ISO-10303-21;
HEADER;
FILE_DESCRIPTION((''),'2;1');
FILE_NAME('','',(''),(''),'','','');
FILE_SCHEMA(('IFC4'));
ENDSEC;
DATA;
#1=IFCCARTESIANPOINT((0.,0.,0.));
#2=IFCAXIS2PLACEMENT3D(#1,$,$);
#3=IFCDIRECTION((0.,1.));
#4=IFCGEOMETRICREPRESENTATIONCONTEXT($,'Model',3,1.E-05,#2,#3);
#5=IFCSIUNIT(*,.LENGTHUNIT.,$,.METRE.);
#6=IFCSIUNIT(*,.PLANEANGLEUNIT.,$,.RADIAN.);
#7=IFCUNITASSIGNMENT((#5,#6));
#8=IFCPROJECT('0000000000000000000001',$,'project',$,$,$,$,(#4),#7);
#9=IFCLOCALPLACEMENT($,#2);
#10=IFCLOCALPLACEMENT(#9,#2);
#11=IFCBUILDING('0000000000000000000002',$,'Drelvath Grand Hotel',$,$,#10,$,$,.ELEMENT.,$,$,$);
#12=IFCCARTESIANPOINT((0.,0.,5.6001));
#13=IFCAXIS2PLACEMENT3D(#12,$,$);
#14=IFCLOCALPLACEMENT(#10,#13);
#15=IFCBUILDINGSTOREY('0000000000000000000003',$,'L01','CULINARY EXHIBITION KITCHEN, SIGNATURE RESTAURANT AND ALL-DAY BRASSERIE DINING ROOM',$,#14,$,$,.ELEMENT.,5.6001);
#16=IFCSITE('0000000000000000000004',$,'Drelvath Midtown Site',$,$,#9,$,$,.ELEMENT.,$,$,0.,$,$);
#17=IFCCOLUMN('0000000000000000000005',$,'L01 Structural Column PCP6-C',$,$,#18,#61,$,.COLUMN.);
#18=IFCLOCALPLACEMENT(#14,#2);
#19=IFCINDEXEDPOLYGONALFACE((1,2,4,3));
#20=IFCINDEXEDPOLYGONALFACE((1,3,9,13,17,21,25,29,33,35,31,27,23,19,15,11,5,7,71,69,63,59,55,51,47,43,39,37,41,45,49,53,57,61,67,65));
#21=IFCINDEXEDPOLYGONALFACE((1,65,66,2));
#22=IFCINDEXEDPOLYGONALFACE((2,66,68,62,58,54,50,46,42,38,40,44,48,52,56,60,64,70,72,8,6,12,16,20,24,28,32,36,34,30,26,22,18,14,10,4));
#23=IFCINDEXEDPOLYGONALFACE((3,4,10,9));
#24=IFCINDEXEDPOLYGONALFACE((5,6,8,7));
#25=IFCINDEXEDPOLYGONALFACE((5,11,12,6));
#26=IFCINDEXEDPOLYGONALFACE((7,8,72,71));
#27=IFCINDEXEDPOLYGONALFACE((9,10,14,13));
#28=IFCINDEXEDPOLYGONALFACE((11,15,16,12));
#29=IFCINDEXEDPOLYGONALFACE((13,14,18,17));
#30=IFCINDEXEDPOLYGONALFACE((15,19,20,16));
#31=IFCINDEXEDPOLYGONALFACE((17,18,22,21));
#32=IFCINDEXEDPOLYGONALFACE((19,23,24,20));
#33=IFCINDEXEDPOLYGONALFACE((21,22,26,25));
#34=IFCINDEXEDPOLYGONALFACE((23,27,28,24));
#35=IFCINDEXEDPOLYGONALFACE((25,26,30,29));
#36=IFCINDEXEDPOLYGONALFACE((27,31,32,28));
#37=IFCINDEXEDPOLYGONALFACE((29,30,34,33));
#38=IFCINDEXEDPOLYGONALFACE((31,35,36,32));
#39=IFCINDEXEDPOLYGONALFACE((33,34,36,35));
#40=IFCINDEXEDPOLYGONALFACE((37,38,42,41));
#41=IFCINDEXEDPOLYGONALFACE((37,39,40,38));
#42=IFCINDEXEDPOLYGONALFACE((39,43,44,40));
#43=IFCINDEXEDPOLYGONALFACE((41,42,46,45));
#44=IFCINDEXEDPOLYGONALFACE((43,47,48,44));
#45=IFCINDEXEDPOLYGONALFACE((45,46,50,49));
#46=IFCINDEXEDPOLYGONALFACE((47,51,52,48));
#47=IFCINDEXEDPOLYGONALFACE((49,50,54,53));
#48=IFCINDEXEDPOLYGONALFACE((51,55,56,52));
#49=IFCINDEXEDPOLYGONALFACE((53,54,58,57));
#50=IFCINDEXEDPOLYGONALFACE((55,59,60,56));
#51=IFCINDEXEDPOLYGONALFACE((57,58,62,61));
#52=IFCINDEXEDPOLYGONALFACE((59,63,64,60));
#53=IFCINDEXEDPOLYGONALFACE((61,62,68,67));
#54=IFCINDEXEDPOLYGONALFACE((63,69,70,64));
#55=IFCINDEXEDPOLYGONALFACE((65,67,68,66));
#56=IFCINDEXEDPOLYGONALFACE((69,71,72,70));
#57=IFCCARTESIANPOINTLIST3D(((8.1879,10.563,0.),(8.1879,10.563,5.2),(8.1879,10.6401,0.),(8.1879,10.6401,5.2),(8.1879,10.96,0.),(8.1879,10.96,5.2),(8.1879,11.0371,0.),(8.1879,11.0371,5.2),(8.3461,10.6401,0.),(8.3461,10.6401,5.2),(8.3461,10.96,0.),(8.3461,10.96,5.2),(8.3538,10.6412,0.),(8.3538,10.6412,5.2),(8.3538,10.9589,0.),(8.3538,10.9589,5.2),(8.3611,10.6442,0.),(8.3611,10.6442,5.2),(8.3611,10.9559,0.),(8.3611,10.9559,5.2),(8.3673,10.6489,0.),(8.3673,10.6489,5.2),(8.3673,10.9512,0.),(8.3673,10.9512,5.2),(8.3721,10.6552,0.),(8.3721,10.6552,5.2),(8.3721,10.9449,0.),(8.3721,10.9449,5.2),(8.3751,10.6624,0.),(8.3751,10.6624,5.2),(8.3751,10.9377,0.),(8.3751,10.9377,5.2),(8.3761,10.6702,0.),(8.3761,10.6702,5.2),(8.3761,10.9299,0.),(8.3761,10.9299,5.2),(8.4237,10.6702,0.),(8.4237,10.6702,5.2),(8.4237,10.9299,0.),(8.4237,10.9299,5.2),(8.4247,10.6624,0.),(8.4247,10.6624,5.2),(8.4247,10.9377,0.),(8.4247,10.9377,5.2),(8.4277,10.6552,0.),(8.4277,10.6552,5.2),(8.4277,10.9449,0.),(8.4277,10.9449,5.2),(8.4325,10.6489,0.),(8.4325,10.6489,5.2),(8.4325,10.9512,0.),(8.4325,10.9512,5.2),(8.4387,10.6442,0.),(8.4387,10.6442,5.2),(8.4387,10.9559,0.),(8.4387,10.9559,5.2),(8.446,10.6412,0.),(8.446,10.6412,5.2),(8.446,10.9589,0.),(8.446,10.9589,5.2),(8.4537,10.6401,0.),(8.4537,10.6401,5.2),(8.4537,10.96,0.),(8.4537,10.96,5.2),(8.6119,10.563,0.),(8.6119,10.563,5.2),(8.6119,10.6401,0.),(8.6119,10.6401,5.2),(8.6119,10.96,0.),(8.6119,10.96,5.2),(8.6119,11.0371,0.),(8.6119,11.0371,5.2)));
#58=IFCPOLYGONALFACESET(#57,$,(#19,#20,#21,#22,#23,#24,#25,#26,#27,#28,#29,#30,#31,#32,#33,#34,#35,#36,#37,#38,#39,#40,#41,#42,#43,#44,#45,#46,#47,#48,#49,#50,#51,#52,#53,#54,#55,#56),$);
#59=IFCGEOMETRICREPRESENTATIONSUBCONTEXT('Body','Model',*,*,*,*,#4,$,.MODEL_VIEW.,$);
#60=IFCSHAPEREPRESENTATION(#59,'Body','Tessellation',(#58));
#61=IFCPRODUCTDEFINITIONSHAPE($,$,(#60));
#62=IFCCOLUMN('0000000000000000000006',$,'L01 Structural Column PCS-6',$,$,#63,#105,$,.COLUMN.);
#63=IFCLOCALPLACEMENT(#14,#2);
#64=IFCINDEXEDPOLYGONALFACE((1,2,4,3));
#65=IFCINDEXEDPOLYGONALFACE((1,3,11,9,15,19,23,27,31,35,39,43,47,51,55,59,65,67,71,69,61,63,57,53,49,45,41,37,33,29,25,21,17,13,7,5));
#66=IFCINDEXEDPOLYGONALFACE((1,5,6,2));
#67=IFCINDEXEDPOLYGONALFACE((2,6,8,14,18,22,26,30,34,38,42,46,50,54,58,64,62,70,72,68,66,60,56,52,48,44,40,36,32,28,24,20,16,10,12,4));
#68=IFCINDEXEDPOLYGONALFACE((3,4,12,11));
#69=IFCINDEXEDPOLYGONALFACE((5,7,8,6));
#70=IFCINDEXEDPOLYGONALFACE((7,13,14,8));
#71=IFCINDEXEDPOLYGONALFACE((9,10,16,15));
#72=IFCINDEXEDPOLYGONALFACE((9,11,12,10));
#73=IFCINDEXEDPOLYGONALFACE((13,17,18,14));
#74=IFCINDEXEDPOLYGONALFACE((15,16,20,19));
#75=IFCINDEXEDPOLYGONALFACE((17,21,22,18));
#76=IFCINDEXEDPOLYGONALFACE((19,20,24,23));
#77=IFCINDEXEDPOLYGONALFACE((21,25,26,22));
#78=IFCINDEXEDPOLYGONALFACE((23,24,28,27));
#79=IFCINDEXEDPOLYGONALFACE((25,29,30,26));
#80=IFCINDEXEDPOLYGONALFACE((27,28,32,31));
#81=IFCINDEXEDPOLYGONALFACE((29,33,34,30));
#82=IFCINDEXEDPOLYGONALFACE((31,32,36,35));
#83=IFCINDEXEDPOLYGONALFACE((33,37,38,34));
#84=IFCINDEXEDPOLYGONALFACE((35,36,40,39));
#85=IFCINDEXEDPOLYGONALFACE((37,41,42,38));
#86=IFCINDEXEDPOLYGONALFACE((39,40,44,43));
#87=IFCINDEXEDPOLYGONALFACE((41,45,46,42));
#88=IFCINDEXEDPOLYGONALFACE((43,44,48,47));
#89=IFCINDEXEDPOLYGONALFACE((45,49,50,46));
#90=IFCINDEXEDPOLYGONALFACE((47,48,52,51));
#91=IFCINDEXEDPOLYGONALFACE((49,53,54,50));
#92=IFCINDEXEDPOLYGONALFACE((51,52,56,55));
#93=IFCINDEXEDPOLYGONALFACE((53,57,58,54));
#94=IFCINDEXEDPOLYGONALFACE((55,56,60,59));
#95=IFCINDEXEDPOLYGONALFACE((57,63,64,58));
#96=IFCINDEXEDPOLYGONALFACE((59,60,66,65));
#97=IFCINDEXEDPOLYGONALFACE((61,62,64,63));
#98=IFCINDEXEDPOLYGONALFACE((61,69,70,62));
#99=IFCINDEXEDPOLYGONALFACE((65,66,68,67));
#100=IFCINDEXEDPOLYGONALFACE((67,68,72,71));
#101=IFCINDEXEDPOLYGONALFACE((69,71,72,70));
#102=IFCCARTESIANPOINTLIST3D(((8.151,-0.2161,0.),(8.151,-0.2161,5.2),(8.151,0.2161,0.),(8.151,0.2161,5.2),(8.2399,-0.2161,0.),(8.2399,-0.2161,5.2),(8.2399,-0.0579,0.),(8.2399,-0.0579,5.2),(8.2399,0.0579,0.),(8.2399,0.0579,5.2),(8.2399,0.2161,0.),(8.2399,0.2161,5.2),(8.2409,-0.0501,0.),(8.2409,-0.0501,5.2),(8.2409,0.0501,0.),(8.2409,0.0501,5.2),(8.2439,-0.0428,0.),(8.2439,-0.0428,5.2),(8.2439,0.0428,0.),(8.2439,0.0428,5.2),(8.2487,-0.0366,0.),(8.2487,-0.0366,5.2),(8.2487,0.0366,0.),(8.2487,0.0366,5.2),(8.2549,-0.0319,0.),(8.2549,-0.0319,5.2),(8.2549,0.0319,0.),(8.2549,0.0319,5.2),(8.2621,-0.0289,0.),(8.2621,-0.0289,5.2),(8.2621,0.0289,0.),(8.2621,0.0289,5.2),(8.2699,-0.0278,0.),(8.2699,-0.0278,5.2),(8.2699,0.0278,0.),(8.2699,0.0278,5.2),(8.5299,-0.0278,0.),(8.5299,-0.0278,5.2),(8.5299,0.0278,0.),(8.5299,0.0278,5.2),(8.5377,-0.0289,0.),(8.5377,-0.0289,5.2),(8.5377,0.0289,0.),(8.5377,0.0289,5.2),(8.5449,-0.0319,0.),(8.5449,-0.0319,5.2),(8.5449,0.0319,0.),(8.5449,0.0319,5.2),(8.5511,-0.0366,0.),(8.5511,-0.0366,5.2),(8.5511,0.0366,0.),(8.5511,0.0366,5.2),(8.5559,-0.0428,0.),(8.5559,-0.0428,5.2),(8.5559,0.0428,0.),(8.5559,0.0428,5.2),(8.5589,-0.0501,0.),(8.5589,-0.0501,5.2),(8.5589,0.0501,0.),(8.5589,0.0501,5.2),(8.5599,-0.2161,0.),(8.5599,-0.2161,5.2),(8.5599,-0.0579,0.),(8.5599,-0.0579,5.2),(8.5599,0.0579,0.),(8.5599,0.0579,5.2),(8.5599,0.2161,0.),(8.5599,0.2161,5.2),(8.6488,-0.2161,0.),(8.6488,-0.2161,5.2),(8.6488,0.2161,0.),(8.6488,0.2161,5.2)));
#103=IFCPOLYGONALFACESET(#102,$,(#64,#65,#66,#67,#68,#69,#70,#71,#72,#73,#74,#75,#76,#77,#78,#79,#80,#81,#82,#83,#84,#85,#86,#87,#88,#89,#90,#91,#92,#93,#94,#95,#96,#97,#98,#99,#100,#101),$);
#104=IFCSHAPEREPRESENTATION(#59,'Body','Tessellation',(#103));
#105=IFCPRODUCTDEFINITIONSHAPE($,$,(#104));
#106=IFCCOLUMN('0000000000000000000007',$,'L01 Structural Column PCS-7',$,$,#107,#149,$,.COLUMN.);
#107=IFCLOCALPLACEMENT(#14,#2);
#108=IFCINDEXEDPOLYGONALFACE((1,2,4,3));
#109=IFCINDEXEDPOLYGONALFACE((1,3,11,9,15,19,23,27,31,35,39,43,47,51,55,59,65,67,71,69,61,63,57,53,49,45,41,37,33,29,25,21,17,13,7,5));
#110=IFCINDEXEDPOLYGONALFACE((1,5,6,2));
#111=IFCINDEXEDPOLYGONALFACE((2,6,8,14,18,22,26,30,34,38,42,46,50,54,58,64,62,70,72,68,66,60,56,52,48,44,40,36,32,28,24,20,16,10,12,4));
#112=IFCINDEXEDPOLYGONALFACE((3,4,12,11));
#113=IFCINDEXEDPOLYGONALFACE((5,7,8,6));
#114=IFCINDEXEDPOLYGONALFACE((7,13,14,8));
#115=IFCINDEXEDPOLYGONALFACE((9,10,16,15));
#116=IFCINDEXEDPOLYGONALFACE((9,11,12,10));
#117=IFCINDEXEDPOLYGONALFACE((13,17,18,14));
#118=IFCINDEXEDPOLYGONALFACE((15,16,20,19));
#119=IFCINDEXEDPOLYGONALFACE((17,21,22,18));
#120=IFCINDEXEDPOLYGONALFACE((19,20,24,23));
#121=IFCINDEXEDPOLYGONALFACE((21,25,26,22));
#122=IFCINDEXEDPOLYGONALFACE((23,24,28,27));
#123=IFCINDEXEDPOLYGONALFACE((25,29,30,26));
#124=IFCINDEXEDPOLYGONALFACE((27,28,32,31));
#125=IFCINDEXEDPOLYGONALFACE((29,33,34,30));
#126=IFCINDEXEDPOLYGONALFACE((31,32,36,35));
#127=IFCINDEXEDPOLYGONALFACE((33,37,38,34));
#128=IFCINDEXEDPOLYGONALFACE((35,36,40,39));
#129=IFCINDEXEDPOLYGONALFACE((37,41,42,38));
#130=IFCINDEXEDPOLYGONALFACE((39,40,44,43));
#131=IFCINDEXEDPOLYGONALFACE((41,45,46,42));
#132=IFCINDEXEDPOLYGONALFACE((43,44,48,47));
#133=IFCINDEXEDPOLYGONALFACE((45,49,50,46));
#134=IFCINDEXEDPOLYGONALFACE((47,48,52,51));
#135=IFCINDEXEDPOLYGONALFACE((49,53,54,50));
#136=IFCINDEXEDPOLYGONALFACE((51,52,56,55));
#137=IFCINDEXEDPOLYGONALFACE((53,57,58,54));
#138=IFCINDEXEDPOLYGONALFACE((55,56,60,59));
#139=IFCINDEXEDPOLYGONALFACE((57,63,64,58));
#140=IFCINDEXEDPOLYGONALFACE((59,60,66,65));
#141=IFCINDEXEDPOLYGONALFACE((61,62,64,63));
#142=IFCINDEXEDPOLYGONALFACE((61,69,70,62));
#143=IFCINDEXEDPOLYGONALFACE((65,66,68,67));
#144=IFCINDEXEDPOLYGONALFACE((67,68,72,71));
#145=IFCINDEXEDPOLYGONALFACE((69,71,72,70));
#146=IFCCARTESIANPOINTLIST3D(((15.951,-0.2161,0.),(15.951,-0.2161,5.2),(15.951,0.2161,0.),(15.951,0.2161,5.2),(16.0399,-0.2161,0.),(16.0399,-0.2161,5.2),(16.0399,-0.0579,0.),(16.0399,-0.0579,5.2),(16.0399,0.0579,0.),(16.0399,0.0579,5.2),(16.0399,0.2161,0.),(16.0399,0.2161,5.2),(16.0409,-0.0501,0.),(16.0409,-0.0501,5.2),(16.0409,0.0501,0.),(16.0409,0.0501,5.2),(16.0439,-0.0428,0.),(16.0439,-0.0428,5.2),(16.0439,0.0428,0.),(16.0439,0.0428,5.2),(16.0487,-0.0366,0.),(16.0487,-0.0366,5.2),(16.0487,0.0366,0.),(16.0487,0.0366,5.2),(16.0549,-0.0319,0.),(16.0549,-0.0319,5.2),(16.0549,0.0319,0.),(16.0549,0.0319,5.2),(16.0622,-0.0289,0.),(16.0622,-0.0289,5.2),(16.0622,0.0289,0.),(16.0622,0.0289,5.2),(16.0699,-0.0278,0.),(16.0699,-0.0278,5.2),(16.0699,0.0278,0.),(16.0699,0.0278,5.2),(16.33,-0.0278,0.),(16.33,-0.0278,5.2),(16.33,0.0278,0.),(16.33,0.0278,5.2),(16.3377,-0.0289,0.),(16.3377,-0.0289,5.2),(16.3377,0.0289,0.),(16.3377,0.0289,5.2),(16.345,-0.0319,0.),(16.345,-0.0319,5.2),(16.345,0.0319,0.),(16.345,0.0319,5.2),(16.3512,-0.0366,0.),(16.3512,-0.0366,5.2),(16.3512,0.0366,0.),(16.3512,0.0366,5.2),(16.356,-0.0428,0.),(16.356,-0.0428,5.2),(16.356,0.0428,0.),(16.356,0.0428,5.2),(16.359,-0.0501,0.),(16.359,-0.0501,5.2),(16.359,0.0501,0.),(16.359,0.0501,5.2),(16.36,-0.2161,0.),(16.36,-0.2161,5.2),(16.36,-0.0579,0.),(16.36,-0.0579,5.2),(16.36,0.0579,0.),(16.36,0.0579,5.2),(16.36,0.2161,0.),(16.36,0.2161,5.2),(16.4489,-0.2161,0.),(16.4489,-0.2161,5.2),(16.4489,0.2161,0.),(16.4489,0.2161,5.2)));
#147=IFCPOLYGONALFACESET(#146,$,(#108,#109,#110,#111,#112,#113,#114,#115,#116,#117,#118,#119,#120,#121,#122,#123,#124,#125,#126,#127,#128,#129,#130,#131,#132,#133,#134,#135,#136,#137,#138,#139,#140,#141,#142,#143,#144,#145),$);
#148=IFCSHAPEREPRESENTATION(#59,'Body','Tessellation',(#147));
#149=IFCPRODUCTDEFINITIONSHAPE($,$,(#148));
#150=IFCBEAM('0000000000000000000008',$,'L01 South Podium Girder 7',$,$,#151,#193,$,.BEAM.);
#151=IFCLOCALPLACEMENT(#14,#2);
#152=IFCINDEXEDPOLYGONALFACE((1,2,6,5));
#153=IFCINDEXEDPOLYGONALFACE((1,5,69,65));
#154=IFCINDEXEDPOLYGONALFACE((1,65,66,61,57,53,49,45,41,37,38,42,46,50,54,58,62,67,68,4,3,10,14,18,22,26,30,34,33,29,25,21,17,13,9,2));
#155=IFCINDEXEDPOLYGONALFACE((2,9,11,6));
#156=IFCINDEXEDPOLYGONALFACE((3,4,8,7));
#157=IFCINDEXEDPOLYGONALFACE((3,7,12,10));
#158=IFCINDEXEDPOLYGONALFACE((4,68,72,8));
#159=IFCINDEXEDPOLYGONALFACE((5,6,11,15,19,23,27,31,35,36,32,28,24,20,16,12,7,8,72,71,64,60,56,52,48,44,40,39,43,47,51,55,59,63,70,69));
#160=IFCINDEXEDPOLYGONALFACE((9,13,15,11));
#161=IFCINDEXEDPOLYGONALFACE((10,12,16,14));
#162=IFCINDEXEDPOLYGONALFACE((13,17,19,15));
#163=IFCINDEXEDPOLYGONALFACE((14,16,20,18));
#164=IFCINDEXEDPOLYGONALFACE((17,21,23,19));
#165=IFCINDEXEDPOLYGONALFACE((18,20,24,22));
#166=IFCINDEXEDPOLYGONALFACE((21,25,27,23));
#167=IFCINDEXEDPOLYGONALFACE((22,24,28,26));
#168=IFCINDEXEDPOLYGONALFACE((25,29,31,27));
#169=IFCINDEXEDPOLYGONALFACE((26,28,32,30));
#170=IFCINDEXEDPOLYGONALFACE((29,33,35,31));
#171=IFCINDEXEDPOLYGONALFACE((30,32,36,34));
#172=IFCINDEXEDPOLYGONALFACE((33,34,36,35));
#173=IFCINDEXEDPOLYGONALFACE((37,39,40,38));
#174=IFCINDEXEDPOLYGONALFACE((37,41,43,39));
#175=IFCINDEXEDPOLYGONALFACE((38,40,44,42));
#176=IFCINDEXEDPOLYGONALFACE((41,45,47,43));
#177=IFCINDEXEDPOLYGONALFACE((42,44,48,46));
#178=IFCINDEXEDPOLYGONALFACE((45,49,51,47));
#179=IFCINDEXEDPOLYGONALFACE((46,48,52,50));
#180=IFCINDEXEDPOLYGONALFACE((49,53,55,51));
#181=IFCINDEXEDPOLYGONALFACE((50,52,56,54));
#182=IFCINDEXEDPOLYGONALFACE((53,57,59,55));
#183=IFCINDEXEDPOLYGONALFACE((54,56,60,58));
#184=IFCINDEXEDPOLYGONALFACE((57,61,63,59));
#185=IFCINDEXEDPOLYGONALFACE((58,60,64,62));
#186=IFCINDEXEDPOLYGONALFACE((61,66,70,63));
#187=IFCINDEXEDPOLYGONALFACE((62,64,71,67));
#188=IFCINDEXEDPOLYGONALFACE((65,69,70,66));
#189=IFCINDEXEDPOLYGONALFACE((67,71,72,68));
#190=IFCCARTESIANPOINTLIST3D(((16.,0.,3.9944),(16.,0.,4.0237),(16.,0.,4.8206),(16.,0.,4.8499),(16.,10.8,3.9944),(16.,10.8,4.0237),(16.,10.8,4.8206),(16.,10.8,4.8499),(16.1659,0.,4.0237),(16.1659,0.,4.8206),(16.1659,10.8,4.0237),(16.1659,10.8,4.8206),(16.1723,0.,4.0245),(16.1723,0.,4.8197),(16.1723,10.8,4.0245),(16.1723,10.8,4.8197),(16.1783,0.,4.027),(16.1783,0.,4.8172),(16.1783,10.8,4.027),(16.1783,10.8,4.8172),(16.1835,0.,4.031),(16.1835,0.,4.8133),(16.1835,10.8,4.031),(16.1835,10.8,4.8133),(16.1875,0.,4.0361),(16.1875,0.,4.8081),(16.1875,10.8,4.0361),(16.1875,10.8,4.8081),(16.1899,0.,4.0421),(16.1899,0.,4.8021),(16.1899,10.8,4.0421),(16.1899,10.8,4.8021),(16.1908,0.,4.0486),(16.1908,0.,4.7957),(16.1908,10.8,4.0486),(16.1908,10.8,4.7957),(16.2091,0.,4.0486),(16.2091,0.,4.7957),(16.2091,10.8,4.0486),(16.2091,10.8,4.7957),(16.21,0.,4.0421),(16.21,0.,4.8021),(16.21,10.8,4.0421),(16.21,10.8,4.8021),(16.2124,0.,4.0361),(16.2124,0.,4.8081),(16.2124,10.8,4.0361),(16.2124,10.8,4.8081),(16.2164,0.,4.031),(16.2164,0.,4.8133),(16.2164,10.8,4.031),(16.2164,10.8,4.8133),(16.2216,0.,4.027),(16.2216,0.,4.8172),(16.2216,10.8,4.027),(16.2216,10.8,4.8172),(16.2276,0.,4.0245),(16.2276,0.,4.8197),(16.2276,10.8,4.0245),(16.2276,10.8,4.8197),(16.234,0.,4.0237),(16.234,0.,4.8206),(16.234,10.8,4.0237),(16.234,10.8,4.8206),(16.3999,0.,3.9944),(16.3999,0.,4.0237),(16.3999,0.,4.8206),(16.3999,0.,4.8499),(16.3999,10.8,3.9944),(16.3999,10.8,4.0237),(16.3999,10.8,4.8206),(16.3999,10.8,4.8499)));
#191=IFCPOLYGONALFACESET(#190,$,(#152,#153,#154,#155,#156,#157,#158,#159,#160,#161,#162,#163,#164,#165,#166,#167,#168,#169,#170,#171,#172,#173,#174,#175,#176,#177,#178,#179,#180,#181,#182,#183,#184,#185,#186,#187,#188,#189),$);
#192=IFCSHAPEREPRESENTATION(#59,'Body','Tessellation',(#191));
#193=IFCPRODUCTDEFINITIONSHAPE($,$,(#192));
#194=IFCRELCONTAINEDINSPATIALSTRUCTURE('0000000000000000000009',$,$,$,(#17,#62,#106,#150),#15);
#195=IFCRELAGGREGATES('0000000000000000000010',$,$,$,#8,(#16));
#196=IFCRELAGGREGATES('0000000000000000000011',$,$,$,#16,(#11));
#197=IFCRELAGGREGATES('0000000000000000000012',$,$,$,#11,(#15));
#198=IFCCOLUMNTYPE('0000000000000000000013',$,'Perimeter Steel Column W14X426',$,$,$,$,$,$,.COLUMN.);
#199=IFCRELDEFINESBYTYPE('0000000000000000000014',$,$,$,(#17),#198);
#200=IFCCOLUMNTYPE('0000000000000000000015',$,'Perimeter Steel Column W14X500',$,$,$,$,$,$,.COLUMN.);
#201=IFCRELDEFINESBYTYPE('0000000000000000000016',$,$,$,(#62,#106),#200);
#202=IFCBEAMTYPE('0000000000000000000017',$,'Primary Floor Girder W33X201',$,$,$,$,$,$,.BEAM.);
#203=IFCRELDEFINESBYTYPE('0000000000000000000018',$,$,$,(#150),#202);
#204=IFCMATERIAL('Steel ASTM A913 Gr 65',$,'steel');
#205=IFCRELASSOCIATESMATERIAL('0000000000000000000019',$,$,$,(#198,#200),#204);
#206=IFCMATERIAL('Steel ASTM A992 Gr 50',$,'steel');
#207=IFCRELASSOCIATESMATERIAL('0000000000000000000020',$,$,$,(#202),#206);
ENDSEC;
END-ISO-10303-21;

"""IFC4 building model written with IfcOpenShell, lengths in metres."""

from ifc_helpers import new_model, si_unit, direction, frame, origin, origin_2d, place, context, subcontext, project, spatial, i_section, extrude, material, material_profile, profile_set, type_object, element, save


model = new_model("IFC4")

# Units and contexts
model_context = context("Model", 3, precision=1e-05, world=origin(), true_north=direction((0.0, 1.0)))
body_context = subcontext(model_context, "Body", "Model", "MODEL_VIEW")
ifc_project = project(units=[si_unit("LENGTHUNIT", "METRE"), si_unit("PLANEANGLEUNIT", "RADIAN")], contexts=[model_context])

# Site, building, storey
site_placement = place(None, origin())
site = spatial("IfcSite", under=ifc_project, at=site_placement, Name="Drelvath Midtown Site", CompositionType="ELEMENT", RefElevation=0.0)
building_placement = place(site_placement, origin())
building = spatial("IfcBuilding", under=site, at=building_placement, Name="Drelvath Grand Hotel", CompositionType="ELEMENT")
storey_placement = place(building_placement, frame((0.0, 0.0, 5.6001)))
storey = spatial("IfcBuildingStorey", under=building, at=storey_placement, Name="L01", Description="CULINARY EXHIBITION KITCHEN, SIGNATURE RESTAURANT AND ALL-DAY BRASSERIE DINING ROOM", CompositionType="ELEMENT", Elevation=5.6001)

# Columns
ifc_material_1 = material(Name="Steel ASTM A913 Gr 65", Category="steel")
ifc_material_profile_1 = material_profile(ifc_material_1, i_section(OverallWidth=0.4241, OverallDepth=0.4741, WebThickness=0.0476, FlangeThickness=0.0771, FilletRadius=0.03, at=origin_2d()), Name="W14X426")
ifc_profile_set_1 = profile_set([ifc_material_profile_1], Name="Steel ASTM A913 Gr 65")
column_type_1 = type_object("IfcColumnType", Name="Perimeter Steel Column W14X426", PredefinedType="COLUMN", material=ifc_profile_set_1)
column_1_placement = place(storey_placement, frame((8.3999, 10.8, 0.0), z_axis=(0.0, 0.0, 1.0), x_axis=(1.0, 0.0, 0.0)))
element("IfcColumn", 1, at=column_1_placement, inside=storey, type_object=column_type_1, Name="L01 Structural Column PCP6-C", PredefinedType="COLUMN", context=body_context, shape_type="SweptSolid", body=[
    extrude(i_section(OverallWidth=0.4241, OverallDepth=0.4741, WebThickness=0.0476, FlangeThickness=0.0771, FilletRadius=0.03, at=origin_2d()), origin(), (0.0, 0.0, 1.0), 5.2),
])
ifc_material_profile_2 = material_profile(ifc_material_1, i_section(OverallWidth=0.4321, OverallDepth=0.4978, WebThickness=0.0557, FlangeThickness=0.0889, FilletRadius=0.03, at=origin_2d()), Name="W14X500")
ifc_profile_set_2 = profile_set([ifc_material_profile_2], Name="Steel ASTM A913 Gr 65")
column_type_2 = type_object("IfcColumnType", Name="Perimeter Steel Column W14X500", PredefinedType="COLUMN", material=ifc_profile_set_2)
for number, where, z_axis, x_axis, name in (
    (2, (8.3999, 0.0, 0.0), (0.0, 0.0, 1.0), (0.0, 1.0, 0.0), "L01 Structural Column PCS-6"),
    (3, (16.2, 0.0, 0.0), (0.0, 0.0, 1.0), (0.0, 1.0, 0.0), "L01 Structural Column PCS-7"),
):
    element("IfcColumn", number, at=place(storey_placement, frame(where, z_axis=z_axis, x_axis=x_axis)), inside=storey, type_object=column_type_2, Name=name, PredefinedType="COLUMN", context=body_context, shape_type="SweptSolid", body=[
        extrude(i_section(OverallWidth=0.4321, OverallDepth=0.4978, WebThickness=0.0557, FlangeThickness=0.0889, FilletRadius=0.03, at=origin_2d()), origin(), (0.0, 0.0, 1.0), 5.2),
    ])

# Beam
ifc_material_2 = material(Name="Steel ASTM A992 Gr 50", Category="steel")
ifc_material_profile_3 = material_profile(ifc_material_2, i_section(OverallWidth=0.3999, OverallDepth=0.8555, WebThickness=0.0183, FlangeThickness=0.0293, FilletRadius=0.0249, at=origin_2d()), Name="W33X201")
ifc_profile_set_3 = profile_set([ifc_material_profile_3], Name="Steel ASTM A992 Gr 50")
beam_type_1 = type_object("IfcBeamType", Name="Primary Floor Girder W33X201", PredefinedType="BEAM", material=ifc_profile_set_3)
beam_1_placement = place(storey_placement, frame((16.2, 0.0, 4.4221), z_axis=(0.0, 1.0, 0.0), x_axis=(-1.0, 0.0, 0.0)))
element("IfcBeam", 4, at=beam_1_placement, inside=storey, type_object=beam_type_1, Name="L01 South Podium Girder 7", PredefinedType="BEAM", context=body_context, shape_type="SweptSolid", body=[
    extrude(i_section(OverallWidth=0.3999, OverallDepth=0.8555, WebThickness=0.0183, FlangeThickness=0.0293, FilletRadius=0.0249, at=origin_2d()), origin(), (0.0, 0.0, 1.0), 10.8),
])

save(model, "model.ifc")
